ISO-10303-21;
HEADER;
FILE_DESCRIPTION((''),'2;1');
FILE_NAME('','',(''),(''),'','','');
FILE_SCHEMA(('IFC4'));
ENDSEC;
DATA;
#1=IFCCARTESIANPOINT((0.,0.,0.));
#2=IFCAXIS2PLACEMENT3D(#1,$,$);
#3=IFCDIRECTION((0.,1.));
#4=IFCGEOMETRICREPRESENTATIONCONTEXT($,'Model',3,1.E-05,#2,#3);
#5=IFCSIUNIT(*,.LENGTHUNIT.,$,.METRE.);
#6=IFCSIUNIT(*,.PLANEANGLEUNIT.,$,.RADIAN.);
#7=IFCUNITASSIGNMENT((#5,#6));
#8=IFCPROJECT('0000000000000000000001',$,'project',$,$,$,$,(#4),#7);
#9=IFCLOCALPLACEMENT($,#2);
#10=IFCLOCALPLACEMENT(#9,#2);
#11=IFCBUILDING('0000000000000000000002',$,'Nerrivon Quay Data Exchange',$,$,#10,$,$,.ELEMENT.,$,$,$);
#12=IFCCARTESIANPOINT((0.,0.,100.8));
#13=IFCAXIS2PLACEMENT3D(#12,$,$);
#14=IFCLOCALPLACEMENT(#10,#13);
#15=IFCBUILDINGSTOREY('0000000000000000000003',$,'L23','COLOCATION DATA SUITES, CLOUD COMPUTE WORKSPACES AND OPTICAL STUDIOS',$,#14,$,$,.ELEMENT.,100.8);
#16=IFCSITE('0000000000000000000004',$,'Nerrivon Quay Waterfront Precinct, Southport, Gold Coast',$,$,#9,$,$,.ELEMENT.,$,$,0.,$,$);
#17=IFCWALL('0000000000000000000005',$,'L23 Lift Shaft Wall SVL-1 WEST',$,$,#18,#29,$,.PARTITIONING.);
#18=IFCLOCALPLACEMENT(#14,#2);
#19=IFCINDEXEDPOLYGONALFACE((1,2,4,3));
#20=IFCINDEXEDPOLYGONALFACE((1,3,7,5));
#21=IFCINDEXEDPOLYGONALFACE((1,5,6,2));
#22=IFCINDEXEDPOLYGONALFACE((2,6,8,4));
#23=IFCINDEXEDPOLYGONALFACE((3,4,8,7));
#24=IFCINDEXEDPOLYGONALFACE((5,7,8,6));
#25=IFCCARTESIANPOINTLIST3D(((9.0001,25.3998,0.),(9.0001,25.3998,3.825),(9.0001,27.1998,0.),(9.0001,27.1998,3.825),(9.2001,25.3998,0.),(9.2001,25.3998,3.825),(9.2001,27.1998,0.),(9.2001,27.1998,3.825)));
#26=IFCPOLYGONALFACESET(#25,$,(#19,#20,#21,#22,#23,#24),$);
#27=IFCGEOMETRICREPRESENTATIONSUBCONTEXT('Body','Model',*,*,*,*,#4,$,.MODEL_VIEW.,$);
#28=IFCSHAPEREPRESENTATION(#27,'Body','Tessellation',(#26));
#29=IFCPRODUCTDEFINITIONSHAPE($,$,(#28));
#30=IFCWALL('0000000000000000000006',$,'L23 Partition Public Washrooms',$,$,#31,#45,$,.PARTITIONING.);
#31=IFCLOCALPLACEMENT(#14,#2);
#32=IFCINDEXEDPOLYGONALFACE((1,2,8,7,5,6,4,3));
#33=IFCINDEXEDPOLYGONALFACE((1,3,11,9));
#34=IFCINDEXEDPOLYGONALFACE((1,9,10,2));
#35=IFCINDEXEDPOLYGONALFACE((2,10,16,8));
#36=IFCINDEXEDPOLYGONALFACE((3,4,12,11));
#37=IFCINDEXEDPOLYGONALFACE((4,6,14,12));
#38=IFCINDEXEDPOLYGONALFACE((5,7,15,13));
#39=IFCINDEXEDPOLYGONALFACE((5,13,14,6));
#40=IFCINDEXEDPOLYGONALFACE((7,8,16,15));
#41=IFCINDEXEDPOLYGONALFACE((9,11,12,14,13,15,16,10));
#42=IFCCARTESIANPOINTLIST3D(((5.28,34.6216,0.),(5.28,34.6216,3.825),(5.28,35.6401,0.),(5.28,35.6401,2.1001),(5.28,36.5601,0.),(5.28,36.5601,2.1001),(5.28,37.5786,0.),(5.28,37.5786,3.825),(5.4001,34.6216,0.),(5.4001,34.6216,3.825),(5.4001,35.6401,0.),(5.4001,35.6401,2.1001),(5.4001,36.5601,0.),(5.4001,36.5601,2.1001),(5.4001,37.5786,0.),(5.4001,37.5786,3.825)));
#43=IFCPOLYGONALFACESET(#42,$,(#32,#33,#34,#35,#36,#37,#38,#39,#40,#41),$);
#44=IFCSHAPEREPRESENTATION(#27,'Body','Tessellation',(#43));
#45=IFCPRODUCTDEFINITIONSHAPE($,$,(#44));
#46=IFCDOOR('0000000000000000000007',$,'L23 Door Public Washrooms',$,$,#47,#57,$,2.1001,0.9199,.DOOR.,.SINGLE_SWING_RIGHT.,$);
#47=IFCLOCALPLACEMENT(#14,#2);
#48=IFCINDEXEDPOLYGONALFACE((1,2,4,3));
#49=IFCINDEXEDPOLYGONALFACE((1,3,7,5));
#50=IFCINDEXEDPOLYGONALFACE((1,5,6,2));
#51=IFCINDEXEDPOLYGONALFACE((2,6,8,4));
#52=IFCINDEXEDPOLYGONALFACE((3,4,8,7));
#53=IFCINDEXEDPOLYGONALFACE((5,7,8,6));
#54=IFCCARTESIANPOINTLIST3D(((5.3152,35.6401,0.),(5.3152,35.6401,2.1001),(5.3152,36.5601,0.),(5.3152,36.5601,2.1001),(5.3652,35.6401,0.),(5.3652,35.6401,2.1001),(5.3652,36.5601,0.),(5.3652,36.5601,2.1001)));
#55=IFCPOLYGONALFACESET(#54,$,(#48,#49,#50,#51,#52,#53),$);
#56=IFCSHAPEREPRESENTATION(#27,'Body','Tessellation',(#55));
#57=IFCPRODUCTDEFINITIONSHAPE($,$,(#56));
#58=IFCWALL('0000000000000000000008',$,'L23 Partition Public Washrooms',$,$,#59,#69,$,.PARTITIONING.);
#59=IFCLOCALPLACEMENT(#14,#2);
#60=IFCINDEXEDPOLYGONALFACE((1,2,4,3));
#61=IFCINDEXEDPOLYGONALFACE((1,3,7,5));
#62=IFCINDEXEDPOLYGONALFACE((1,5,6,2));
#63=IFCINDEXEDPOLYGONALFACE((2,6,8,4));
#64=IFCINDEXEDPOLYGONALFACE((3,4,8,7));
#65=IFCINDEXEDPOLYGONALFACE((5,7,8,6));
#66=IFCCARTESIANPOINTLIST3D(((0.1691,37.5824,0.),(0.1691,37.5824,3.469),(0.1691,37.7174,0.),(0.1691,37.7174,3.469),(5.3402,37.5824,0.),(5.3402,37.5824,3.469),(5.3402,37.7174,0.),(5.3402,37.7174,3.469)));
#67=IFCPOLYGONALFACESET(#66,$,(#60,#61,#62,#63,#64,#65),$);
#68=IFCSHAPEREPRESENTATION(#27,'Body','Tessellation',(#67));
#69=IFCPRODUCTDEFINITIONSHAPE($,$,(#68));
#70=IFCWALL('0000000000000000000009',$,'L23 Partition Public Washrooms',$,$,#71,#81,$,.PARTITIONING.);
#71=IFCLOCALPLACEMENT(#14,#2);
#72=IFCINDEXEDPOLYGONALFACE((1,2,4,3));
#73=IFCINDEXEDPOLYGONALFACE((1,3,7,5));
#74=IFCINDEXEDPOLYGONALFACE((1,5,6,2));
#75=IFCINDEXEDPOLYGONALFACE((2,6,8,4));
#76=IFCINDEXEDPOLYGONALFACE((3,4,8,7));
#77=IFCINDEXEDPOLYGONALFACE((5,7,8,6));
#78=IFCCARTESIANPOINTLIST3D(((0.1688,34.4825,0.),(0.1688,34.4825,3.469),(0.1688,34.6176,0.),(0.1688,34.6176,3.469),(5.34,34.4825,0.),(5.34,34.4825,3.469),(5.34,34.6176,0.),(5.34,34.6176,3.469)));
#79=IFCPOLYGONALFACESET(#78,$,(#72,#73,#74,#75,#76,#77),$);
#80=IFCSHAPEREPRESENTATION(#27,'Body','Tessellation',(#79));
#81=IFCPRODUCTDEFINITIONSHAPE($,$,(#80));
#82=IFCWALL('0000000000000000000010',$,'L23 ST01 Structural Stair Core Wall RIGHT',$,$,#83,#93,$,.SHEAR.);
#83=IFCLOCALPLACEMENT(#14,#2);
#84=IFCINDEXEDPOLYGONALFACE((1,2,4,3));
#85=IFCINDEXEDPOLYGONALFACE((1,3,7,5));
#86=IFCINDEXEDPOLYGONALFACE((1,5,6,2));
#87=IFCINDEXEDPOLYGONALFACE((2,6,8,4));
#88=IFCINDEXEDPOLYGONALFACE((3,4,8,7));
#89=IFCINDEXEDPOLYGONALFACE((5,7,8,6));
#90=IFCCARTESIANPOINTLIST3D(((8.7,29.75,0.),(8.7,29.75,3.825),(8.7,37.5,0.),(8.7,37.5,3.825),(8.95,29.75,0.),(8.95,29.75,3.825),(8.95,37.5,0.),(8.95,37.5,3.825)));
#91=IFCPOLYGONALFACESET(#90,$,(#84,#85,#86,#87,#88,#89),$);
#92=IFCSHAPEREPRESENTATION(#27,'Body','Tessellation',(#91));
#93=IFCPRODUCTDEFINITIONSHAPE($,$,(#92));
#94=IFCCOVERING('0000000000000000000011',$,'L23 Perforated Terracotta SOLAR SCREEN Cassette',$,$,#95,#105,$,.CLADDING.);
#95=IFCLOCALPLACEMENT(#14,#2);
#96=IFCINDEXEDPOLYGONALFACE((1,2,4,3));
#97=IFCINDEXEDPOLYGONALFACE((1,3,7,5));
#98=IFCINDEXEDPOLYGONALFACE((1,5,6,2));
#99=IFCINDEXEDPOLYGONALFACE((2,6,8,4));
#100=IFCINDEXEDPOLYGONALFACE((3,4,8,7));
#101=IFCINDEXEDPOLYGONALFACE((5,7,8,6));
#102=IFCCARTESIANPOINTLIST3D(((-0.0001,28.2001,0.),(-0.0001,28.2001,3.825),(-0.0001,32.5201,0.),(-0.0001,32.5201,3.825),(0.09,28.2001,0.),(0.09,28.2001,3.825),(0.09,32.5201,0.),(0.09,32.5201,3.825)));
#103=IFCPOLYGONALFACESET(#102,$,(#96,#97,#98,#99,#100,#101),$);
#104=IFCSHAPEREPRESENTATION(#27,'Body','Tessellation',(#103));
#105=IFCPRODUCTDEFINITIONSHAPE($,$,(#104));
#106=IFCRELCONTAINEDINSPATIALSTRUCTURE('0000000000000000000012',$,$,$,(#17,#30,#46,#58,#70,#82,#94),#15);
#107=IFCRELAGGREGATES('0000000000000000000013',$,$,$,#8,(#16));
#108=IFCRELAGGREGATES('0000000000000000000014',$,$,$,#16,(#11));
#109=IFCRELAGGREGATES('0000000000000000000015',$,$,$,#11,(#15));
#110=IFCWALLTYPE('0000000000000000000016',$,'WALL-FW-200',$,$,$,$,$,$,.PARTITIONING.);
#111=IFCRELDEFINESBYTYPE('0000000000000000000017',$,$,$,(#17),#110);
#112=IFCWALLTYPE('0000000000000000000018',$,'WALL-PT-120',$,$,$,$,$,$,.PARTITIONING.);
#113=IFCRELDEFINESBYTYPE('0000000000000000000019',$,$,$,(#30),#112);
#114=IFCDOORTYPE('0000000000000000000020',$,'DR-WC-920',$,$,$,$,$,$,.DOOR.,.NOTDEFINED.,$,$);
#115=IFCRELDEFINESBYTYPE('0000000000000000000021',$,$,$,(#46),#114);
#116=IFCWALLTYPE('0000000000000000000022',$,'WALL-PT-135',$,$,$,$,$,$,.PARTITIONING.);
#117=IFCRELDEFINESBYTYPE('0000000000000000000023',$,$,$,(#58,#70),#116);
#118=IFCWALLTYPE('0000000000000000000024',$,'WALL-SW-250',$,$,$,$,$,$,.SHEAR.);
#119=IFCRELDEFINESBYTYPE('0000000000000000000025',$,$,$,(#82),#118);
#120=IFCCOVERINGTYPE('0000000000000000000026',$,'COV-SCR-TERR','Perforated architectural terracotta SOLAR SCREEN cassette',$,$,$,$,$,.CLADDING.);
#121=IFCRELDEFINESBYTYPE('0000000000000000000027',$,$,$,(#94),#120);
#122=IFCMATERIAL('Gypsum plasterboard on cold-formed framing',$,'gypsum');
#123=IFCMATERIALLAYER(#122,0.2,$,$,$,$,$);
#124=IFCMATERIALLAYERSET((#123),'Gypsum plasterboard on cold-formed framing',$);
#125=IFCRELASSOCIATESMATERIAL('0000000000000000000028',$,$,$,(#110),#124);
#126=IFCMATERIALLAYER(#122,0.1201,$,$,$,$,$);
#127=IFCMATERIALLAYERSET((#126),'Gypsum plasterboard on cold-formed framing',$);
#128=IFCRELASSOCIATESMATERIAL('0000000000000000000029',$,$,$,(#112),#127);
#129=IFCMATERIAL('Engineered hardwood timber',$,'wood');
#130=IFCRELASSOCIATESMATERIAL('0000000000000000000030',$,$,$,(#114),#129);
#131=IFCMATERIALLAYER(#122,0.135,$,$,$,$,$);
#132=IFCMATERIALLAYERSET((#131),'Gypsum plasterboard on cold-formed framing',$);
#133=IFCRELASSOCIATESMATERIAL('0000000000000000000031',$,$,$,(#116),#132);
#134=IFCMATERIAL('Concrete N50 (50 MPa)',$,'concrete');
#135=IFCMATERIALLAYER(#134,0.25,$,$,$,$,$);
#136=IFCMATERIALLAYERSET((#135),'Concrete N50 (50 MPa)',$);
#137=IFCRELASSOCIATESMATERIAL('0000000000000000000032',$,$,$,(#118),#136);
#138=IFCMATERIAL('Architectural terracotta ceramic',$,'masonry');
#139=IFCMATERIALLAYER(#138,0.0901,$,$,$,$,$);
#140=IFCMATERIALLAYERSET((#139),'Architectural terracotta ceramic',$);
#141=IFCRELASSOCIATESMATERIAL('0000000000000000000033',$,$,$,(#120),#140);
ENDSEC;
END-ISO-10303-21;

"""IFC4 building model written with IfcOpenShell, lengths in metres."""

from ifc_helpers import new_model, si_unit, direction, frame, frame_2d, origin, origin_2d, place, context, subcontext, project, spatial, rectangle, extrude, material, layer, layer_set, type_object, element, fill, save


model = new_model("IFC4")

# Units and contexts
model_context = context("Model", 3, precision=1e-05, world=origin(), true_north=direction((0.0, 1.0)))
body_context = subcontext(model_context, "Body", "Model", "MODEL_VIEW")
ifc_project = project(units=[si_unit("LENGTHUNIT", "METRE"), si_unit("PLANEANGLEUNIT", "RADIAN")], contexts=[model_context])

# Site, building, storey
site_placement = place(None, origin())
site = spatial("IfcSite", under=ifc_project, at=site_placement, Name="Nerrivon Quay Waterfront Precinct, Southport, Gold Coast", CompositionType="ELEMENT", RefElevation=0.0)
building_placement = place(site_placement, origin())
building = spatial("IfcBuilding", under=site, at=building_placement, Name="Nerrivon Quay Data Exchange", CompositionType="ELEMENT")
storey_placement = place(building_placement, frame((0.0, 0.0, 100.8)))
storey = spatial("IfcBuildingStorey", under=building, at=storey_placement, Name="L23", Description="COLOCATION DATA SUITES, CLOUD COMPUTE WORKSPACES AND OPTICAL STUDIOS", CompositionType="ELEMENT", Elevation=100.8)

# Wall
ifc_material_1 = material(Name="Gypsum plasterboard on cold-formed framing", Category="gypsum")
ifc_layer_1 = layer(ifc_material_1, 0.2)
ifc_layer_set_1 = layer_set([ifc_layer_1], Name="Gypsum plasterboard on cold-formed framing")
wall_type_1 = type_object("IfcWallType", Name="WALL-FW-200", PredefinedType="PARTITIONING", material=ifc_layer_set_1)
wall_1_placement = place(storey_placement, frame((9.1001, 25.3999, 0.0), z_axis=(0.0, 0.0, 1.0), x_axis=(0.0, 1.0, 0.0)))
element("IfcWall", 1, at=wall_1_placement, inside=storey, type_object=wall_type_1, Name="L23 Lift Shaft Wall SVL-1 WEST", PredefinedType="PARTITIONING", context=body_context, shape_type="SweptSolid", body=[
    extrude(rectangle(XDim=1.8, YDim=0.2, at=frame_2d((0.8999, 0.0))), origin(), (0.0, 0.0, 1.0), 3.825),
])

# Wall, opening, door
ifc_layer_2 = layer(ifc_material_1, 0.1201)
ifc_layer_set_2 = layer_set([ifc_layer_2], Name="Gypsum plasterboard on cold-formed framing")
wall_type_2 = type_object("IfcWallType", Name="WALL-PT-120", PredefinedType="PARTITIONING", material=ifc_layer_set_2)
wall_2_placement = place(storey_placement, frame((5.3401, 34.6216, 0.0), z_axis=(0.0, 0.0, 1.0), x_axis=(0.0, 1.0, 0.0)))
wall_2 = element("IfcWall", 2, at=wall_2_placement, inside=storey, type_object=wall_type_2, Name="L23 Partition Public Washrooms", PredefinedType="PARTITIONING", context=body_context, shape_type="SweptSolid", body=[
    extrude(rectangle(XDim=2.957, YDim=0.1201, at=frame_2d((1.4785, 0.0))), origin(), (0.0, 0.0, 1.0), 3.825),
])
opening_placement = place(wall_2_placement, frame((1.0186, 0.0, 0.0)))
opening = element("IfcOpeningElement", 3, at=opening_placement, cuts=wall_2, PredefinedType="OPENING", context=body_context, shape_type="SweptSolid", body=[
    extrude(rectangle(XDim=0.9199, YDim=2.1001, at=frame_2d((0.46, 1.05))), frame((0.0, 0.0701, 0.0), z_axis=(0.0, -1.0, 0.0), x_axis=(1.0, 0.0, 0.0)), (0.0, 0.0, 1.0), 0.1401),
])
ifc_material_2 = material(Name="Engineered hardwood timber", Category="wood")
door_type = type_object("IfcDoorType", Name="DR-WC-920", OperationType="NOTDEFINED", PredefinedType="DOOR", material=ifc_material_2)
door_placement = place(opening_placement, origin())
door = element("IfcDoor", 4, at=door_placement, inside=storey, type_object=door_type, Name="L23 Door Public Washrooms", OperationType="SINGLE_SWING_RIGHT", OverallHeight=2.1001, OverallWidth=0.9199, PredefinedType="DOOR", context=body_context, shape_type="SweptSolid", body=[
    extrude(rectangle(XDim=0.9199, YDim=2.1001, at=frame_2d((0.46, 1.05))), frame((0.0, 0.0249, 0.0), z_axis=(0.0, -1.0, 0.0), x_axis=(1.0, 0.0, 0.0)), (0.0, 0.0, 1.0), 0.05),
])
fill(opening, door)

# Walls
ifc_layer_3 = layer(ifc_material_1, 0.135)
ifc_layer_set_3 = layer_set([ifc_layer_3], Name="Gypsum plasterboard on cold-formed framing")
wall_type_3 = type_object("IfcWallType", Name="WALL-PT-135", PredefinedType="PARTITIONING", material=ifc_layer_set_3)
for number, where, z_axis, x_axis, name in (
    (5, (5.3401, 37.6499, 0.0), (0.0, 0.0, 1.0), (-1.0, 0.0, 0.0), "L23 Partition Public Washrooms"),
    (6, (0.1689, 34.55, 0.0), (0.0, 0.0, 1.0), (1.0, 0.0, 0.0), "L23 Partition Public Washrooms"),
):
    element("IfcWall", number, at=place(storey_placement, frame(where, z_axis=z_axis, x_axis=x_axis)), inside=storey, type_object=wall_type_3, Name=name, PredefinedType="PARTITIONING", context=body_context, shape_type="SweptSolid", body=[
        extrude(rectangle(XDim=5.1711, YDim=0.135, at=frame_2d((2.5854, 0.0))), origin(), (0.0, 0.0, 1.0), 3.469),
    ])
ifc_material_3 = material(Name="Concrete N50 (50 MPa)", Category="concrete")
ifc_layer_4 = layer(ifc_material_3, 0.25)
ifc_layer_set_4 = layer_set([ifc_layer_4], Name="Concrete N50 (50 MPa)")
wall_type_4 = type_object("IfcWallType", Name="WALL-SW-250", PredefinedType="SHEAR", material=ifc_layer_set_4)
wall_3_placement = place(storey_placement, frame((8.825, 29.75, 0.0), z_axis=(0.0, 0.0, 1.0), x_axis=(0.0, 1.0, 0.0)))
element("IfcWall", 7, at=wall_3_placement, inside=storey, type_object=wall_type_4, Name="L23 ST01 Structural Stair Core Wall RIGHT", PredefinedType="SHEAR", context=body_context, shape_type="SweptSolid", body=[
    extrude(rectangle(XDim=7.75, YDim=0.25, at=frame_2d((3.875, 0.0))), origin(), (0.0, 0.0, 1.0), 3.825),
])

# Covering
ifc_material_4 = material(Name="Architectural terracotta ceramic", Category="masonry")
ifc_layer_5 = layer(ifc_material_4, 0.0901)
ifc_layer_set_5 = layer_set([ifc_layer_5], Name="Architectural terracotta ceramic")
covering_type = type_object("IfcCoveringType", Name="COV-SCR-TERR", Description="Perforated architectural terracotta SOLAR SCREEN cassette", PredefinedType="CLADDING", material=ifc_layer_set_5)
covering_placement = place(storey_placement, frame((0.0449, 30.3601, 0.0), z_axis=(0.0, 0.0, 1.0), x_axis=(0.0, 1.0, 0.0)))
element("IfcCovering", 8, at=covering_placement, inside=storey, type_object=covering_type, Name="L23 Perforated Terracotta SOLAR SCREEN Cassette", PredefinedType="CLADDING", context=body_context, shape_type="SweptSolid", body=[
    extrude(rectangle(XDim=4.3201, YDim=0.0901, at=origin_2d()), origin(), (0.0, 0.0, 1.0), 3.825),
])

save(model, "model.ifc")
